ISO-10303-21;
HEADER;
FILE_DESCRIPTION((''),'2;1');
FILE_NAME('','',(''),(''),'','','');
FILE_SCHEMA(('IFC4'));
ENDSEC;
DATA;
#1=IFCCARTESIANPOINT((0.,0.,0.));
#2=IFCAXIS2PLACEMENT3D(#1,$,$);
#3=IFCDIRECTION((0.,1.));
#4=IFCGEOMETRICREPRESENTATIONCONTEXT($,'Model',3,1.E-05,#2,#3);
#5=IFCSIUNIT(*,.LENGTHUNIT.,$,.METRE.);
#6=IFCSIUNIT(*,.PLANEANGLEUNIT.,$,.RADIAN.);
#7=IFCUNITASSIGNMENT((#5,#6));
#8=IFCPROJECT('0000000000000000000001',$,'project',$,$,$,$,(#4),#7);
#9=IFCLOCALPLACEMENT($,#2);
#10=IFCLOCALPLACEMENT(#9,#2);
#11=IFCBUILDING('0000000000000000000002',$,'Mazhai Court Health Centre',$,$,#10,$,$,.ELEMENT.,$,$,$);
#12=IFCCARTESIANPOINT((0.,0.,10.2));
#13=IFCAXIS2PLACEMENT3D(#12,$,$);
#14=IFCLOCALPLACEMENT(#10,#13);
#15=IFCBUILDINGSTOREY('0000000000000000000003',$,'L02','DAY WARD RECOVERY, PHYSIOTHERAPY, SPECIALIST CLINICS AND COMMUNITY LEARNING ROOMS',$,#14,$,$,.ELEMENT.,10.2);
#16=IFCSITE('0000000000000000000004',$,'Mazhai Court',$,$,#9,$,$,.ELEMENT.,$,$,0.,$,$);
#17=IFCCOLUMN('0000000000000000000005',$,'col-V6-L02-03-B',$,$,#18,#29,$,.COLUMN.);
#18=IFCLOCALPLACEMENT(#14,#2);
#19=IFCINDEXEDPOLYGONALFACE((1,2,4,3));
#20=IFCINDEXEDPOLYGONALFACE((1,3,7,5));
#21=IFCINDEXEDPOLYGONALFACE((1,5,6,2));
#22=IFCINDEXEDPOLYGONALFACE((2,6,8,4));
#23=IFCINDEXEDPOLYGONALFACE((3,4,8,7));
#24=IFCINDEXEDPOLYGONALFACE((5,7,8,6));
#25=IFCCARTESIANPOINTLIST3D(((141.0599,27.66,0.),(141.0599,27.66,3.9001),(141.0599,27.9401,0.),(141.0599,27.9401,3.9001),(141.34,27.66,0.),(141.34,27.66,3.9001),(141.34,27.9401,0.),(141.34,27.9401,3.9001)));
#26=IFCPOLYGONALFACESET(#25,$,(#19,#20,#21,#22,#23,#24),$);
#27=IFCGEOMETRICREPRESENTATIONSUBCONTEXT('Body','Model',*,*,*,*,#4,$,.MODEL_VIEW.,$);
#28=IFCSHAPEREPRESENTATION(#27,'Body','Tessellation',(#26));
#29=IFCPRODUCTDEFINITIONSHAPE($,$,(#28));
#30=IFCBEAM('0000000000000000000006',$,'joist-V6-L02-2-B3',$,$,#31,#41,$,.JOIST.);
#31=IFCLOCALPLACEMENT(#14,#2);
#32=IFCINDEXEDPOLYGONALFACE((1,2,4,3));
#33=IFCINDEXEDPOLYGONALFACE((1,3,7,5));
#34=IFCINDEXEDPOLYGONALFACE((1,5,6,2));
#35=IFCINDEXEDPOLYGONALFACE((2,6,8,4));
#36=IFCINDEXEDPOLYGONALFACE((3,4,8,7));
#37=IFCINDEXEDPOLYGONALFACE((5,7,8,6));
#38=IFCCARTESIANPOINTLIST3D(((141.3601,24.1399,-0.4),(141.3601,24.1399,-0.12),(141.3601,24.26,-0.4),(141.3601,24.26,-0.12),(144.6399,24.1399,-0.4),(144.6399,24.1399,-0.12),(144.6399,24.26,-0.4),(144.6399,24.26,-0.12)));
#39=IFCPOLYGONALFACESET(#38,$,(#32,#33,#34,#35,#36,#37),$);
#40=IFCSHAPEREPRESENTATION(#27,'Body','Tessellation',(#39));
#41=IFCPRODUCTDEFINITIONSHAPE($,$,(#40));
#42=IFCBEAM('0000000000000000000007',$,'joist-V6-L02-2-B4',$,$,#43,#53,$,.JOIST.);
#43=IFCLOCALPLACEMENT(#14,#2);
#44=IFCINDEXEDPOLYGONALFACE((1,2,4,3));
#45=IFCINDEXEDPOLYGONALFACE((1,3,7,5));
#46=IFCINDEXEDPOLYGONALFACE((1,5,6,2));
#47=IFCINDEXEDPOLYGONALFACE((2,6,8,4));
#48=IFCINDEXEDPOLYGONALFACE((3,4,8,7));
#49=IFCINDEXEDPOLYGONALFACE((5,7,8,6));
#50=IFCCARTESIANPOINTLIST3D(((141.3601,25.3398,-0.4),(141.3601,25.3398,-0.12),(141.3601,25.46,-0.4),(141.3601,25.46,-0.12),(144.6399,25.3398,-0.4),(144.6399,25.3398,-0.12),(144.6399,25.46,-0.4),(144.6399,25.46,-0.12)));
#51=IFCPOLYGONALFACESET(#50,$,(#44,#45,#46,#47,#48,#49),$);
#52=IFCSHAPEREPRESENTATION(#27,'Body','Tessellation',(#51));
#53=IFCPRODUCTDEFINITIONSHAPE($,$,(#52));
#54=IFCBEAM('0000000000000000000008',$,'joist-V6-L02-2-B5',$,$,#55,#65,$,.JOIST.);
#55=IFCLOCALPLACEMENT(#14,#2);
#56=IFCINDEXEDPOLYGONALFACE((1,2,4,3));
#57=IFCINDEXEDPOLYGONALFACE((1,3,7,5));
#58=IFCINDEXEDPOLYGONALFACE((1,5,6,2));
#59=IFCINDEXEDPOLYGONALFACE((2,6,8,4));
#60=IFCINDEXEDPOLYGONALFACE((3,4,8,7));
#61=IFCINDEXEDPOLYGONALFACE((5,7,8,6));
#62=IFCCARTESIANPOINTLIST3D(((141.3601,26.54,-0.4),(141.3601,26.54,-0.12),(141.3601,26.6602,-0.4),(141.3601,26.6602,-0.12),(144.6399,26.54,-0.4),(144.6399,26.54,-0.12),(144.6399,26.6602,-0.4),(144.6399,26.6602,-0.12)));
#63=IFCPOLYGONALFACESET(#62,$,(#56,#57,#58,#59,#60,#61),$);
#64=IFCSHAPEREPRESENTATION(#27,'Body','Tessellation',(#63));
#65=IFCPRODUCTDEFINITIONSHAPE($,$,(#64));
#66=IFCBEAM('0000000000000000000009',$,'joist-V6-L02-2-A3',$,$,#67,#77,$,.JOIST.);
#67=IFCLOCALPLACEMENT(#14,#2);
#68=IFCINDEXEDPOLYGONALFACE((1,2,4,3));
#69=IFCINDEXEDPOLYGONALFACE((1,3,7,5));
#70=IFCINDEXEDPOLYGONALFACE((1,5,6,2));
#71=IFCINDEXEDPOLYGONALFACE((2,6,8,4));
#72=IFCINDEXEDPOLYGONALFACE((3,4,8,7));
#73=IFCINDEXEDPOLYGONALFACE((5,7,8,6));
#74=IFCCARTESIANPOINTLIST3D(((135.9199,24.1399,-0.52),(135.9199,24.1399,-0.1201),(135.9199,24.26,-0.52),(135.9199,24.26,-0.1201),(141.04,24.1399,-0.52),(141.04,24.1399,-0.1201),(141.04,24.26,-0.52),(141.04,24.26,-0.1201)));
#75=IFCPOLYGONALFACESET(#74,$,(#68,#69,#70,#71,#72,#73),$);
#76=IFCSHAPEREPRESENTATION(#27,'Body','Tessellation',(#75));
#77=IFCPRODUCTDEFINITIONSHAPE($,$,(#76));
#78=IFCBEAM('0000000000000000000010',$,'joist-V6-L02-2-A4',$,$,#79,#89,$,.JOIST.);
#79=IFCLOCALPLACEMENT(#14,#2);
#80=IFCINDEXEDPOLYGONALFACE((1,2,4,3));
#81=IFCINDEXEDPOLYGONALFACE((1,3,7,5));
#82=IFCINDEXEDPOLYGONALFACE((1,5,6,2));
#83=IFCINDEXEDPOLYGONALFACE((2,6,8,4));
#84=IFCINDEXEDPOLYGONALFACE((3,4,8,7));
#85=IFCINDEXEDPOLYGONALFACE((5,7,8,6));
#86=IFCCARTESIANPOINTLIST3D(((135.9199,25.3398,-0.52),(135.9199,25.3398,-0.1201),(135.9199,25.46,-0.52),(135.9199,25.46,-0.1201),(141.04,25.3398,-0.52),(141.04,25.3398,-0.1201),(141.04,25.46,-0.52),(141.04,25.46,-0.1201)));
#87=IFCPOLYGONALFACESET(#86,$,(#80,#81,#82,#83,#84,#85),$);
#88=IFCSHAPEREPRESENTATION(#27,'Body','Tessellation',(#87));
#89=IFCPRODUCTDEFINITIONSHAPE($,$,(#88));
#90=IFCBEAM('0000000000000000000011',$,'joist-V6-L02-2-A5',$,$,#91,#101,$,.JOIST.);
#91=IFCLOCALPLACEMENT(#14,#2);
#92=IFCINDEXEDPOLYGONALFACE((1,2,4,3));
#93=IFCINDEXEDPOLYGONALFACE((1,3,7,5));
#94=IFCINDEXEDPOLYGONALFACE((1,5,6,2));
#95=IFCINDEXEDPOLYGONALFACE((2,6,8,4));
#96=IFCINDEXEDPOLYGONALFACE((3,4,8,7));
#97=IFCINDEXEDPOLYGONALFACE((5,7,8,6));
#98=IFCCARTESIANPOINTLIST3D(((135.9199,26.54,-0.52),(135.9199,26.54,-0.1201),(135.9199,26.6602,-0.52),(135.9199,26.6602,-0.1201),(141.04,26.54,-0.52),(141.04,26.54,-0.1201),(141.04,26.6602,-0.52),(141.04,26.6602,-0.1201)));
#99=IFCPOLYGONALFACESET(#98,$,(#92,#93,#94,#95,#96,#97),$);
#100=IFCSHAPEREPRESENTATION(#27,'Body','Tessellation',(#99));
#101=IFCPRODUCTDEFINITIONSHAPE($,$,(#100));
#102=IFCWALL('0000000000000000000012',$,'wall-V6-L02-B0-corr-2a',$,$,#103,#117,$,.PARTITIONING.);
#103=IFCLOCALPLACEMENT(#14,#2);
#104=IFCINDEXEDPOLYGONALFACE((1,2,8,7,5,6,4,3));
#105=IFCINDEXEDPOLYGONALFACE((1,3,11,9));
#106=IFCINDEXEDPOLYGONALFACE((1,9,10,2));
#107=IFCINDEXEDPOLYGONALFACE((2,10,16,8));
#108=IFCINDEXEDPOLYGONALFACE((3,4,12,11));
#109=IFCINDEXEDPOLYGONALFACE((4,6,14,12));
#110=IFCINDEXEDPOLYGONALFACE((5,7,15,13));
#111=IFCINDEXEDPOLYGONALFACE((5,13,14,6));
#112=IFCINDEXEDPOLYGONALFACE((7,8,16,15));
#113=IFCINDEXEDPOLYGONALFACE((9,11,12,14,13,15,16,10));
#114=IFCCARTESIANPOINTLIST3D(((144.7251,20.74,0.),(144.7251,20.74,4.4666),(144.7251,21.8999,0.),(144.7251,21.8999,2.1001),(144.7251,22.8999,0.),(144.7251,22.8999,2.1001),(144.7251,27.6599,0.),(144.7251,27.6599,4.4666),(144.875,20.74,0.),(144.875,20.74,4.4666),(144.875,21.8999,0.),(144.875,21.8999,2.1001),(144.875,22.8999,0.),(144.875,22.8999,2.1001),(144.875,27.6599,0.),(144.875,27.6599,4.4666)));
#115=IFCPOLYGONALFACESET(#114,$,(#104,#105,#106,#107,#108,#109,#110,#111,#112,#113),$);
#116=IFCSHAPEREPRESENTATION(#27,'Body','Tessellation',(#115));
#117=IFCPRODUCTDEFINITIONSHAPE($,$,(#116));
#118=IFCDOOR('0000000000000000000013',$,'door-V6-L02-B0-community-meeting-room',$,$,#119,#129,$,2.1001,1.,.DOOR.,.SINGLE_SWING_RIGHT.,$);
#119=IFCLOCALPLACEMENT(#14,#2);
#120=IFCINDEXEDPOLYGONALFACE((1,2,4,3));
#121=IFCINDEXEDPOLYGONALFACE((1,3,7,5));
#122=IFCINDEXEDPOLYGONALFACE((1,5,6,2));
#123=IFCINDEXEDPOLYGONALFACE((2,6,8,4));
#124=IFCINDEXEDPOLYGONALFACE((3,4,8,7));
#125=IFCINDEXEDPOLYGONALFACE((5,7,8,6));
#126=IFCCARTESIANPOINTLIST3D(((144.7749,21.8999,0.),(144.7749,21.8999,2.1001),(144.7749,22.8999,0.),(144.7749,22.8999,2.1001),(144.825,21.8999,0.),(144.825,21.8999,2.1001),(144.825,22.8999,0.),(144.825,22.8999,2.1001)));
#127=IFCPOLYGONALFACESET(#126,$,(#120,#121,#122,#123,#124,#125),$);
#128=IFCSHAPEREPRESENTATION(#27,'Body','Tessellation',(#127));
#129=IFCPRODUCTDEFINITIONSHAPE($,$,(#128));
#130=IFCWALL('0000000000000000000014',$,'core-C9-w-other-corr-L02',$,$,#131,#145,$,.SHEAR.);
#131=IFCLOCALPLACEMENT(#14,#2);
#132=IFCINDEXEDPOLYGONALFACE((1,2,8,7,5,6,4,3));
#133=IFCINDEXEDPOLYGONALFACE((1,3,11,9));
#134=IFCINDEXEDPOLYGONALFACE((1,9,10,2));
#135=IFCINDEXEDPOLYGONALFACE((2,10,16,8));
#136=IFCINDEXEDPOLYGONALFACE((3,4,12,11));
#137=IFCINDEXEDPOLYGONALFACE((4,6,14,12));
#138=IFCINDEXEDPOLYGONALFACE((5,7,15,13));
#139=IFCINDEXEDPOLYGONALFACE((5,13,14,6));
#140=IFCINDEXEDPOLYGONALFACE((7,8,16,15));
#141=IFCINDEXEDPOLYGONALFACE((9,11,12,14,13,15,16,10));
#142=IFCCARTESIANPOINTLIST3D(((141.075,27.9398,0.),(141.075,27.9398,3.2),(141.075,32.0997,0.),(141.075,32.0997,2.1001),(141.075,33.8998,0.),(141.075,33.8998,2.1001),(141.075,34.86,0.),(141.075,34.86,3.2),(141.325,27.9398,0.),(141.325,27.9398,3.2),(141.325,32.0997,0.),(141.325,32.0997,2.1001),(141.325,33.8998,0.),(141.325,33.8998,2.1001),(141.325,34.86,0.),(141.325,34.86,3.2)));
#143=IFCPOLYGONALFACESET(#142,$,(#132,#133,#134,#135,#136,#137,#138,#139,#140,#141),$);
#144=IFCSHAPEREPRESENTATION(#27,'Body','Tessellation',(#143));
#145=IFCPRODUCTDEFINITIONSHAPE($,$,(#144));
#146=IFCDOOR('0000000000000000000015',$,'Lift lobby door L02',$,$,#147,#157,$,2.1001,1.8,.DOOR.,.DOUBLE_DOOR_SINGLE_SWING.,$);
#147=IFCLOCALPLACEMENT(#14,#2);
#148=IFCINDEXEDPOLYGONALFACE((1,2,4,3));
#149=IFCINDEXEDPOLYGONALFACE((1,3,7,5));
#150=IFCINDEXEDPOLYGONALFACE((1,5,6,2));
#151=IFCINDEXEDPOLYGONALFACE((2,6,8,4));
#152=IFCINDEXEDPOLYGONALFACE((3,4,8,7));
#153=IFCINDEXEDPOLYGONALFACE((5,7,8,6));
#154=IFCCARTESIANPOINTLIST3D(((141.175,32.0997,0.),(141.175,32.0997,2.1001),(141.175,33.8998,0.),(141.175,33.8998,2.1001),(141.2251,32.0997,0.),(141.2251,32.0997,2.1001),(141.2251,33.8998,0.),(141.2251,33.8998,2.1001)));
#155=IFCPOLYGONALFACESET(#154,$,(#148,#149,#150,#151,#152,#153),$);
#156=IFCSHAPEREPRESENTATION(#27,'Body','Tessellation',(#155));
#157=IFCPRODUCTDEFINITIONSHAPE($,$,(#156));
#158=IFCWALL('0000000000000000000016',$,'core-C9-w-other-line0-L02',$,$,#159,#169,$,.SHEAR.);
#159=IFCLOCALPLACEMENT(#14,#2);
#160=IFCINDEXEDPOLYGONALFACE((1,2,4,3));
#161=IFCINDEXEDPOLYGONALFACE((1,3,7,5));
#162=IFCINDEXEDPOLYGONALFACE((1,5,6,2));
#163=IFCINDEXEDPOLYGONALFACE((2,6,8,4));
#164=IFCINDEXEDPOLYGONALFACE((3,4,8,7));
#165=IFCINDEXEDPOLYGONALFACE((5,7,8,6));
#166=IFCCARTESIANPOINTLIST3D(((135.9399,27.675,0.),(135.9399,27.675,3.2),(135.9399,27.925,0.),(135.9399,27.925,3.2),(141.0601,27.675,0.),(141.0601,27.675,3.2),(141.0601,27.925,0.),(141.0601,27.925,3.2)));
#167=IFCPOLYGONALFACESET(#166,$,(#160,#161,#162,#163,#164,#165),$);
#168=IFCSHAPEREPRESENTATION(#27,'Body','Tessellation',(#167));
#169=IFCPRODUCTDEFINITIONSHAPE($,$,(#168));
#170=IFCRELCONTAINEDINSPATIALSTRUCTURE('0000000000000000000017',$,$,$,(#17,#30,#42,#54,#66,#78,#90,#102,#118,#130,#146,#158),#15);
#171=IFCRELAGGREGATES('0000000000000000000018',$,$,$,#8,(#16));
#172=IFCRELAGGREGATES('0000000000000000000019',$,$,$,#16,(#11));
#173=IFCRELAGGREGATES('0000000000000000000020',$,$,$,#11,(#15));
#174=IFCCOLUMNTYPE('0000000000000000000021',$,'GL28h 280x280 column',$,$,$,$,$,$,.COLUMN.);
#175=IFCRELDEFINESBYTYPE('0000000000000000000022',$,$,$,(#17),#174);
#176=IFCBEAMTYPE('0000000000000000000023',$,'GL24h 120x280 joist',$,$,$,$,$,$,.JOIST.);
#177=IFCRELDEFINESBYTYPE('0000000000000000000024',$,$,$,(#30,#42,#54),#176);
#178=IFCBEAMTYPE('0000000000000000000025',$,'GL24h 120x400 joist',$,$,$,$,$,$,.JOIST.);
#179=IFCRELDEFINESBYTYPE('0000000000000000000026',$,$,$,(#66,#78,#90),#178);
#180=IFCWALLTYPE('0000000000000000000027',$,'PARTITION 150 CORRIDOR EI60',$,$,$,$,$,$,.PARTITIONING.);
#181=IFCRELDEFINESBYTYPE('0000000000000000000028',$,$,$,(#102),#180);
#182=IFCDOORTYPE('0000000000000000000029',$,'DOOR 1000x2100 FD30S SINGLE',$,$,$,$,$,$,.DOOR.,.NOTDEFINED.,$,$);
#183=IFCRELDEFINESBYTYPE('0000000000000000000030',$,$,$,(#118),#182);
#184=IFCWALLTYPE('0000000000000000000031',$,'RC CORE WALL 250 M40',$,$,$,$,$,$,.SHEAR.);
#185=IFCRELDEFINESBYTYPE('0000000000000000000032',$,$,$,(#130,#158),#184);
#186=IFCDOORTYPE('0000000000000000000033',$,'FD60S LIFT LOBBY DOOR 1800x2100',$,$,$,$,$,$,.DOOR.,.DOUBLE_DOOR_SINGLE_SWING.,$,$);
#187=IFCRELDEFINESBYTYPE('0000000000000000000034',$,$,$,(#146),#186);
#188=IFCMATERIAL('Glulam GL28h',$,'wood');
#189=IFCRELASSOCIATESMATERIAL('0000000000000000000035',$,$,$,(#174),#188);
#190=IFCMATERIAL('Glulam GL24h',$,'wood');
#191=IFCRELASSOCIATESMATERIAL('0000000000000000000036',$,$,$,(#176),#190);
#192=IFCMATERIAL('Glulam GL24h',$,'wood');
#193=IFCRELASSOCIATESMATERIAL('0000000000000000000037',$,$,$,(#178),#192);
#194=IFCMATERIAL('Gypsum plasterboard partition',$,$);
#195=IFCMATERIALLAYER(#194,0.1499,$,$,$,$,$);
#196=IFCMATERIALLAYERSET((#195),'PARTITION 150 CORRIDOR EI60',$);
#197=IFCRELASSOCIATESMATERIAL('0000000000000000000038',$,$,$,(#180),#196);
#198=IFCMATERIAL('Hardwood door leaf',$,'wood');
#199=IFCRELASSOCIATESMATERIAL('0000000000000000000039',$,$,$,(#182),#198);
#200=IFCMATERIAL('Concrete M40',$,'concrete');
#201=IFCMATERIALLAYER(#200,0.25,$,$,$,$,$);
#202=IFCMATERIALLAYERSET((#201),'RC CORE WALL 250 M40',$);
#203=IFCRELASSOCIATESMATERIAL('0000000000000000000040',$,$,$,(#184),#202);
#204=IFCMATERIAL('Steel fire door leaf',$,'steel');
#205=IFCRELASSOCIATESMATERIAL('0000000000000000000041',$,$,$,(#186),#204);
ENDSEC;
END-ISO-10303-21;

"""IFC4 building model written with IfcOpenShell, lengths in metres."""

from ifc_helpers import new_model, si_unit, direction, frame, frame_2d, origin, origin_2d, place, context, subcontext, project, spatial, rectangle, extrude, material, layer, layer_set, material_profile, profile_set, type_object, element, fill, save


model = new_model("IFC4")

# Units and contexts
model_context = context("Model", 3, precision=1e-05, world=origin(), true_north=direction((0.0, 1.0)))
body_context = subcontext(model_context, "Body", "Model", "MODEL_VIEW")
ifc_project = project(units=[si_unit("LENGTHUNIT", "METRE"), si_unit("PLANEANGLEUNIT", "RADIAN")], contexts=[model_context])

# Site, building, storey
site_placement = place(None, origin())
site = spatial("IfcSite", under=ifc_project, at=site_placement, Name="Mazhai Court", CompositionType="ELEMENT", RefElevation=0.0)
building_placement = place(site_placement, origin())
building = spatial("IfcBuilding", under=site, at=building_placement, Name="Mazhai Court Health Centre", CompositionType="ELEMENT")
storey_placement = place(building_placement, frame((0.0, 0.0, 10.2)))
storey = spatial("IfcBuildingStorey", under=building, at=storey_placement, Name="L02", Description="DAY WARD RECOVERY, PHYSIOTHERAPY, SPECIALIST CLINICS AND COMMUNITY LEARNING ROOMS", CompositionType="ELEMENT", Elevation=10.2)

# Column
ifc_material_1 = material(Name="Glulam GL28h", Category="wood")
ifc_material_profile_1 = material_profile(ifc_material_1, rectangle(XDim=0.28, YDim=0.28, at=origin_2d()), Name="GL28h 280x280")
ifc_profile_set_1 = profile_set([ifc_material_profile_1], Name="Glulam GL28h")
column_type = type_object("IfcColumnType", Name="GL28h 280x280 column", PredefinedType="COLUMN", material=ifc_profile_set_1)
column_placement = place(storey_placement, frame((141.2, 27.8, 0.0), z_axis=(0.0, 0.0, 1.0), x_axis=(1.0, 0.0, 0.0)))
element("IfcColumn", 1, at=column_placement, inside=storey, type_object=column_type, Name="col-V6-L02-03-B", PredefinedType="COLUMN", context=body_context, shape_type="SweptSolid", body=[
    extrude(rectangle(XDim=0.28, YDim=0.28, at=origin_2d()), origin(), (0.0, 0.0, 1.0), 3.9001),
])

# Beams
ifc_material_2 = material(Name="Glulam GL24h", Category="wood")
ifc_material_profile_2 = material_profile(ifc_material_2, rectangle(XDim=0.1201, YDim=0.28, at=origin_2d()), Name="GL24h 120x280")
ifc_profile_set_2 = profile_set([ifc_material_profile_2], Name="Glulam GL24h")
beam_type_1 = type_object("IfcBeamType", Name="GL24h 120x280 joist", PredefinedType="JOIST", material=ifc_profile_set_2)
for number, where, z_axis, x_axis, name in (
    (2, (141.3601, 24.2, -0.26), (1.0, 0.0, 0.0), (0.0, 1.0, 0.0), "joist-V6-L02-2-B3"),
    (3, (141.3601, 25.3999, -0.26), (1.0, 0.0, 0.0), (0.0, 1.0, 0.0), "joist-V6-L02-2-B4"),
    (4, (141.3601, 26.6001, -0.26), (1.0, 0.0, 0.0), (0.0, 1.0, 0.0), "joist-V6-L02-2-B5"),
):
    element("IfcBeam", number, at=place(storey_placement, frame(where, z_axis=z_axis, x_axis=x_axis)), inside=storey, type_object=beam_type_1, Name=name, PredefinedType="JOIST", context=body_context, shape_type="SweptSolid", body=[
        extrude(rectangle(XDim=0.1201, YDim=0.28, at=origin_2d()), origin(), (0.0, 0.0, 1.0), 3.2798),
    ])
ifc_material_3 = material(Name="Glulam GL24h", Category="wood")
ifc_material_profile_3 = material_profile(ifc_material_3, rectangle(XDim=0.1201, YDim=0.3999, at=origin_2d()), Name="GL24h 120x400")
ifc_profile_set_3 = profile_set([ifc_material_profile_3], Name="Glulam GL24h")
beam_type_2 = type_object("IfcBeamType", Name="GL24h 120x400 joist", PredefinedType="JOIST", material=ifc_profile_set_3)
for number, where, z_axis, x_axis, name in (
    (5, (135.9199, 24.2, -0.3201), (1.0, 0.0, 0.0), (0.0, 1.0, 0.0), "joist-V6-L02-2-A3"),
    (6, (135.9199, 25.3999, -0.3201), (1.0, 0.0, 0.0), (0.0, 1.0, 0.0), "joist-V6-L02-2-A4"),
    (7, (135.9199, 26.6001, -0.3201), (1.0, 0.0, 0.0), (0.0, 1.0, 0.0), "joist-V6-L02-2-A5"),
):
    element("IfcBeam", number, at=place(storey_placement, frame(where, z_axis=z_axis, x_axis=x_axis)), inside=storey, type_object=beam_type_2, Name=name, PredefinedType="JOIST", context=body_context, shape_type="SweptSolid", body=[
        extrude(rectangle(XDim=0.1201, YDim=0.3999, at=origin_2d()), origin(), (0.0, 0.0, 1.0), 5.1201),
    ])

# Walls, openings, doors
ifc_material_4 = material(Name="Gypsum plasterboard partition")
ifc_layer_1 = layer(ifc_material_4, 0.1499)
ifc_layer_set_1 = layer_set([ifc_layer_1], Name="PARTITION 150 CORRIDOR EI60")
wall_type_1 = type_object("IfcWallType", Name="PARTITION 150 CORRIDOR EI60", PredefinedType="PARTITIONING", material=ifc_layer_set_1)
wall_1_placement = place(storey_placement, frame((144.8, 27.6599, 0.0), z_axis=(0.0, 0.0, 1.0), x_axis=(0.0, -1.0, 0.0)))
wall_1 = element("IfcWall", 8, at=wall_1_placement, inside=storey, type_object=wall_type_1, Name="wall-V6-L02-B0-corr-2a", PredefinedType="PARTITIONING", context=body_context, shape_type="SweptSolid", body=[
    extrude(rectangle(XDim=6.9199, YDim=0.1499, at=frame_2d((3.46, 0.0))), origin(), (0.0, 0.0, 1.0), 4.4666),
])
opening_1_placement = place(wall_1_placement, frame((4.76, 0.0, 0.0)))
opening_1 = element("IfcOpeningElement", 9, at=opening_1_placement, cuts=wall_1, PredefinedType="OPENING", context=body_context, shape_type="SweptSolid", body=[
    extrude(rectangle(XDim=1.0, YDim=2.1001, at=frame_2d((0.5, 1.05))), frame((0.0, 0.085, 0.0), z_axis=(0.0, -1.0, 0.0), x_axis=(1.0, 0.0, 0.0)), (0.0, 0.0, 1.0), 0.1699),
])
ifc_material_5 = material(Name="Hardwood door leaf", Category="wood")
door_type_1 = type_object("IfcDoorType", Name="DOOR 1000x2100 FD30S SINGLE", OperationType="NOTDEFINED", PredefinedType="DOOR", material=ifc_material_5)
door_1_placement = place(opening_1_placement, origin())
door_1 = element("IfcDoor", 10, at=door_1_placement, inside=storey, type_object=door_type_1, Name="door-V6-L02-B0-community-meeting-room", OperationType="SINGLE_SWING_RIGHT", OverallHeight=2.1001, OverallWidth=1.0, PredefinedType="DOOR", context=body_context, shape_type="SweptSolid", body=[
    extrude(rectangle(XDim=1.0, YDim=2.1001, at=frame_2d((0.5, 1.05))), frame((0.0, 0.0249, 0.0), z_axis=(0.0, -1.0, 0.0), x_axis=(1.0, 0.0, 0.0)), (0.0, 0.0, 1.0), 0.05),
])
fill(opening_1, door_1)
ifc_material_6 = material(Name="Concrete M40", Category="concrete")
ifc_layer_2 = layer(ifc_material_6, 0.25)
ifc_layer_set_2 = layer_set([ifc_layer_2], Name="RC CORE WALL 250 M40")
wall_type_2 = type_object("IfcWallType", Name="RC CORE WALL 250 M40", PredefinedType="SHEAR", material=ifc_layer_set_2)
wall_2_placement = place(storey_placement, frame((141.2, 27.9399, 0.0), z_axis=(0.0, 0.0, 1.0), x_axis=(0.0, 1.0, 0.0)))
wall_2 = element("IfcWall", 11, at=wall_2_placement, inside=storey, type_object=wall_type_2, Name="core-C9-w-other-corr-L02", PredefinedType="SHEAR", context=body_context, shape_type="SweptSolid", body=[
    extrude(rectangle(XDim=6.9202, YDim=0.25, at=frame_2d((3.46, 0.0))), origin(), (0.0, 0.0, 1.0), 3.2),
])
opening_2_placement = place(wall_2_placement, frame((4.1599, 0.0, 0.0)))
opening_2 = element("IfcOpeningElement", 12, at=opening_2_placement, cuts=wall_2, PredefinedType="OPENING", context=body_context, shape_type="SweptSolid", body=[
    extrude(rectangle(XDim=1.8, YDim=2.1001, at=frame_2d((0.8999, 1.05))), frame((0.0, 0.135, 0.0), z_axis=(0.0, -1.0, 0.0), x_axis=(1.0, 0.0, 0.0)), (0.0, 0.0, 1.0), 0.27),
])
ifc_material_7 = material(Name="Steel fire door leaf", Category="steel")
door_type_2 = type_object("IfcDoorType", Name="FD60S LIFT LOBBY DOOR 1800x2100", OperationType="DOUBLE_DOOR_SINGLE_SWING", PredefinedType="DOOR", material=ifc_material_7)
door_2_placement = place(opening_2_placement, origin())
door_2 = element("IfcDoor", 13, at=door_2_placement, inside=storey, type_object=door_type_2, Name="Lift lobby door L02", OperationType="DOUBLE_DOOR_SINGLE_SWING", OverallHeight=2.1001, OverallWidth=1.8, PredefinedType="DOOR", context=body_context, shape_type="SweptSolid", body=[
    extrude(rectangle(XDim=1.8, YDim=2.1001, at=frame_2d((0.8999, 1.05))), frame((0.0, 0.0249, 0.0), z_axis=(0.0, -1.0, 0.0), x_axis=(1.0, 0.0, 0.0)), (0.0, 0.0, 1.0), 0.05),
])
fill(opening_2, door_2)

# Wall
wall_3_placement = place(storey_placement, frame((135.9399, 27.8, 0.0), z_axis=(0.0, 0.0, 1.0), x_axis=(1.0, 0.0, 0.0)))
element("IfcWall", 14, at=wall_3_placement, inside=storey, type_object=wall_type_2, Name="core-C9-w-other-line0-L02", PredefinedType="SHEAR", context=body_context, shape_type="SweptSolid", body=[
    extrude(rectangle(XDim=5.1201, YDim=0.25, at=frame_2d((2.5601, 0.0))), origin(), (0.0, 0.0, 1.0), 3.2),
])

save(model, "model.ifc")
